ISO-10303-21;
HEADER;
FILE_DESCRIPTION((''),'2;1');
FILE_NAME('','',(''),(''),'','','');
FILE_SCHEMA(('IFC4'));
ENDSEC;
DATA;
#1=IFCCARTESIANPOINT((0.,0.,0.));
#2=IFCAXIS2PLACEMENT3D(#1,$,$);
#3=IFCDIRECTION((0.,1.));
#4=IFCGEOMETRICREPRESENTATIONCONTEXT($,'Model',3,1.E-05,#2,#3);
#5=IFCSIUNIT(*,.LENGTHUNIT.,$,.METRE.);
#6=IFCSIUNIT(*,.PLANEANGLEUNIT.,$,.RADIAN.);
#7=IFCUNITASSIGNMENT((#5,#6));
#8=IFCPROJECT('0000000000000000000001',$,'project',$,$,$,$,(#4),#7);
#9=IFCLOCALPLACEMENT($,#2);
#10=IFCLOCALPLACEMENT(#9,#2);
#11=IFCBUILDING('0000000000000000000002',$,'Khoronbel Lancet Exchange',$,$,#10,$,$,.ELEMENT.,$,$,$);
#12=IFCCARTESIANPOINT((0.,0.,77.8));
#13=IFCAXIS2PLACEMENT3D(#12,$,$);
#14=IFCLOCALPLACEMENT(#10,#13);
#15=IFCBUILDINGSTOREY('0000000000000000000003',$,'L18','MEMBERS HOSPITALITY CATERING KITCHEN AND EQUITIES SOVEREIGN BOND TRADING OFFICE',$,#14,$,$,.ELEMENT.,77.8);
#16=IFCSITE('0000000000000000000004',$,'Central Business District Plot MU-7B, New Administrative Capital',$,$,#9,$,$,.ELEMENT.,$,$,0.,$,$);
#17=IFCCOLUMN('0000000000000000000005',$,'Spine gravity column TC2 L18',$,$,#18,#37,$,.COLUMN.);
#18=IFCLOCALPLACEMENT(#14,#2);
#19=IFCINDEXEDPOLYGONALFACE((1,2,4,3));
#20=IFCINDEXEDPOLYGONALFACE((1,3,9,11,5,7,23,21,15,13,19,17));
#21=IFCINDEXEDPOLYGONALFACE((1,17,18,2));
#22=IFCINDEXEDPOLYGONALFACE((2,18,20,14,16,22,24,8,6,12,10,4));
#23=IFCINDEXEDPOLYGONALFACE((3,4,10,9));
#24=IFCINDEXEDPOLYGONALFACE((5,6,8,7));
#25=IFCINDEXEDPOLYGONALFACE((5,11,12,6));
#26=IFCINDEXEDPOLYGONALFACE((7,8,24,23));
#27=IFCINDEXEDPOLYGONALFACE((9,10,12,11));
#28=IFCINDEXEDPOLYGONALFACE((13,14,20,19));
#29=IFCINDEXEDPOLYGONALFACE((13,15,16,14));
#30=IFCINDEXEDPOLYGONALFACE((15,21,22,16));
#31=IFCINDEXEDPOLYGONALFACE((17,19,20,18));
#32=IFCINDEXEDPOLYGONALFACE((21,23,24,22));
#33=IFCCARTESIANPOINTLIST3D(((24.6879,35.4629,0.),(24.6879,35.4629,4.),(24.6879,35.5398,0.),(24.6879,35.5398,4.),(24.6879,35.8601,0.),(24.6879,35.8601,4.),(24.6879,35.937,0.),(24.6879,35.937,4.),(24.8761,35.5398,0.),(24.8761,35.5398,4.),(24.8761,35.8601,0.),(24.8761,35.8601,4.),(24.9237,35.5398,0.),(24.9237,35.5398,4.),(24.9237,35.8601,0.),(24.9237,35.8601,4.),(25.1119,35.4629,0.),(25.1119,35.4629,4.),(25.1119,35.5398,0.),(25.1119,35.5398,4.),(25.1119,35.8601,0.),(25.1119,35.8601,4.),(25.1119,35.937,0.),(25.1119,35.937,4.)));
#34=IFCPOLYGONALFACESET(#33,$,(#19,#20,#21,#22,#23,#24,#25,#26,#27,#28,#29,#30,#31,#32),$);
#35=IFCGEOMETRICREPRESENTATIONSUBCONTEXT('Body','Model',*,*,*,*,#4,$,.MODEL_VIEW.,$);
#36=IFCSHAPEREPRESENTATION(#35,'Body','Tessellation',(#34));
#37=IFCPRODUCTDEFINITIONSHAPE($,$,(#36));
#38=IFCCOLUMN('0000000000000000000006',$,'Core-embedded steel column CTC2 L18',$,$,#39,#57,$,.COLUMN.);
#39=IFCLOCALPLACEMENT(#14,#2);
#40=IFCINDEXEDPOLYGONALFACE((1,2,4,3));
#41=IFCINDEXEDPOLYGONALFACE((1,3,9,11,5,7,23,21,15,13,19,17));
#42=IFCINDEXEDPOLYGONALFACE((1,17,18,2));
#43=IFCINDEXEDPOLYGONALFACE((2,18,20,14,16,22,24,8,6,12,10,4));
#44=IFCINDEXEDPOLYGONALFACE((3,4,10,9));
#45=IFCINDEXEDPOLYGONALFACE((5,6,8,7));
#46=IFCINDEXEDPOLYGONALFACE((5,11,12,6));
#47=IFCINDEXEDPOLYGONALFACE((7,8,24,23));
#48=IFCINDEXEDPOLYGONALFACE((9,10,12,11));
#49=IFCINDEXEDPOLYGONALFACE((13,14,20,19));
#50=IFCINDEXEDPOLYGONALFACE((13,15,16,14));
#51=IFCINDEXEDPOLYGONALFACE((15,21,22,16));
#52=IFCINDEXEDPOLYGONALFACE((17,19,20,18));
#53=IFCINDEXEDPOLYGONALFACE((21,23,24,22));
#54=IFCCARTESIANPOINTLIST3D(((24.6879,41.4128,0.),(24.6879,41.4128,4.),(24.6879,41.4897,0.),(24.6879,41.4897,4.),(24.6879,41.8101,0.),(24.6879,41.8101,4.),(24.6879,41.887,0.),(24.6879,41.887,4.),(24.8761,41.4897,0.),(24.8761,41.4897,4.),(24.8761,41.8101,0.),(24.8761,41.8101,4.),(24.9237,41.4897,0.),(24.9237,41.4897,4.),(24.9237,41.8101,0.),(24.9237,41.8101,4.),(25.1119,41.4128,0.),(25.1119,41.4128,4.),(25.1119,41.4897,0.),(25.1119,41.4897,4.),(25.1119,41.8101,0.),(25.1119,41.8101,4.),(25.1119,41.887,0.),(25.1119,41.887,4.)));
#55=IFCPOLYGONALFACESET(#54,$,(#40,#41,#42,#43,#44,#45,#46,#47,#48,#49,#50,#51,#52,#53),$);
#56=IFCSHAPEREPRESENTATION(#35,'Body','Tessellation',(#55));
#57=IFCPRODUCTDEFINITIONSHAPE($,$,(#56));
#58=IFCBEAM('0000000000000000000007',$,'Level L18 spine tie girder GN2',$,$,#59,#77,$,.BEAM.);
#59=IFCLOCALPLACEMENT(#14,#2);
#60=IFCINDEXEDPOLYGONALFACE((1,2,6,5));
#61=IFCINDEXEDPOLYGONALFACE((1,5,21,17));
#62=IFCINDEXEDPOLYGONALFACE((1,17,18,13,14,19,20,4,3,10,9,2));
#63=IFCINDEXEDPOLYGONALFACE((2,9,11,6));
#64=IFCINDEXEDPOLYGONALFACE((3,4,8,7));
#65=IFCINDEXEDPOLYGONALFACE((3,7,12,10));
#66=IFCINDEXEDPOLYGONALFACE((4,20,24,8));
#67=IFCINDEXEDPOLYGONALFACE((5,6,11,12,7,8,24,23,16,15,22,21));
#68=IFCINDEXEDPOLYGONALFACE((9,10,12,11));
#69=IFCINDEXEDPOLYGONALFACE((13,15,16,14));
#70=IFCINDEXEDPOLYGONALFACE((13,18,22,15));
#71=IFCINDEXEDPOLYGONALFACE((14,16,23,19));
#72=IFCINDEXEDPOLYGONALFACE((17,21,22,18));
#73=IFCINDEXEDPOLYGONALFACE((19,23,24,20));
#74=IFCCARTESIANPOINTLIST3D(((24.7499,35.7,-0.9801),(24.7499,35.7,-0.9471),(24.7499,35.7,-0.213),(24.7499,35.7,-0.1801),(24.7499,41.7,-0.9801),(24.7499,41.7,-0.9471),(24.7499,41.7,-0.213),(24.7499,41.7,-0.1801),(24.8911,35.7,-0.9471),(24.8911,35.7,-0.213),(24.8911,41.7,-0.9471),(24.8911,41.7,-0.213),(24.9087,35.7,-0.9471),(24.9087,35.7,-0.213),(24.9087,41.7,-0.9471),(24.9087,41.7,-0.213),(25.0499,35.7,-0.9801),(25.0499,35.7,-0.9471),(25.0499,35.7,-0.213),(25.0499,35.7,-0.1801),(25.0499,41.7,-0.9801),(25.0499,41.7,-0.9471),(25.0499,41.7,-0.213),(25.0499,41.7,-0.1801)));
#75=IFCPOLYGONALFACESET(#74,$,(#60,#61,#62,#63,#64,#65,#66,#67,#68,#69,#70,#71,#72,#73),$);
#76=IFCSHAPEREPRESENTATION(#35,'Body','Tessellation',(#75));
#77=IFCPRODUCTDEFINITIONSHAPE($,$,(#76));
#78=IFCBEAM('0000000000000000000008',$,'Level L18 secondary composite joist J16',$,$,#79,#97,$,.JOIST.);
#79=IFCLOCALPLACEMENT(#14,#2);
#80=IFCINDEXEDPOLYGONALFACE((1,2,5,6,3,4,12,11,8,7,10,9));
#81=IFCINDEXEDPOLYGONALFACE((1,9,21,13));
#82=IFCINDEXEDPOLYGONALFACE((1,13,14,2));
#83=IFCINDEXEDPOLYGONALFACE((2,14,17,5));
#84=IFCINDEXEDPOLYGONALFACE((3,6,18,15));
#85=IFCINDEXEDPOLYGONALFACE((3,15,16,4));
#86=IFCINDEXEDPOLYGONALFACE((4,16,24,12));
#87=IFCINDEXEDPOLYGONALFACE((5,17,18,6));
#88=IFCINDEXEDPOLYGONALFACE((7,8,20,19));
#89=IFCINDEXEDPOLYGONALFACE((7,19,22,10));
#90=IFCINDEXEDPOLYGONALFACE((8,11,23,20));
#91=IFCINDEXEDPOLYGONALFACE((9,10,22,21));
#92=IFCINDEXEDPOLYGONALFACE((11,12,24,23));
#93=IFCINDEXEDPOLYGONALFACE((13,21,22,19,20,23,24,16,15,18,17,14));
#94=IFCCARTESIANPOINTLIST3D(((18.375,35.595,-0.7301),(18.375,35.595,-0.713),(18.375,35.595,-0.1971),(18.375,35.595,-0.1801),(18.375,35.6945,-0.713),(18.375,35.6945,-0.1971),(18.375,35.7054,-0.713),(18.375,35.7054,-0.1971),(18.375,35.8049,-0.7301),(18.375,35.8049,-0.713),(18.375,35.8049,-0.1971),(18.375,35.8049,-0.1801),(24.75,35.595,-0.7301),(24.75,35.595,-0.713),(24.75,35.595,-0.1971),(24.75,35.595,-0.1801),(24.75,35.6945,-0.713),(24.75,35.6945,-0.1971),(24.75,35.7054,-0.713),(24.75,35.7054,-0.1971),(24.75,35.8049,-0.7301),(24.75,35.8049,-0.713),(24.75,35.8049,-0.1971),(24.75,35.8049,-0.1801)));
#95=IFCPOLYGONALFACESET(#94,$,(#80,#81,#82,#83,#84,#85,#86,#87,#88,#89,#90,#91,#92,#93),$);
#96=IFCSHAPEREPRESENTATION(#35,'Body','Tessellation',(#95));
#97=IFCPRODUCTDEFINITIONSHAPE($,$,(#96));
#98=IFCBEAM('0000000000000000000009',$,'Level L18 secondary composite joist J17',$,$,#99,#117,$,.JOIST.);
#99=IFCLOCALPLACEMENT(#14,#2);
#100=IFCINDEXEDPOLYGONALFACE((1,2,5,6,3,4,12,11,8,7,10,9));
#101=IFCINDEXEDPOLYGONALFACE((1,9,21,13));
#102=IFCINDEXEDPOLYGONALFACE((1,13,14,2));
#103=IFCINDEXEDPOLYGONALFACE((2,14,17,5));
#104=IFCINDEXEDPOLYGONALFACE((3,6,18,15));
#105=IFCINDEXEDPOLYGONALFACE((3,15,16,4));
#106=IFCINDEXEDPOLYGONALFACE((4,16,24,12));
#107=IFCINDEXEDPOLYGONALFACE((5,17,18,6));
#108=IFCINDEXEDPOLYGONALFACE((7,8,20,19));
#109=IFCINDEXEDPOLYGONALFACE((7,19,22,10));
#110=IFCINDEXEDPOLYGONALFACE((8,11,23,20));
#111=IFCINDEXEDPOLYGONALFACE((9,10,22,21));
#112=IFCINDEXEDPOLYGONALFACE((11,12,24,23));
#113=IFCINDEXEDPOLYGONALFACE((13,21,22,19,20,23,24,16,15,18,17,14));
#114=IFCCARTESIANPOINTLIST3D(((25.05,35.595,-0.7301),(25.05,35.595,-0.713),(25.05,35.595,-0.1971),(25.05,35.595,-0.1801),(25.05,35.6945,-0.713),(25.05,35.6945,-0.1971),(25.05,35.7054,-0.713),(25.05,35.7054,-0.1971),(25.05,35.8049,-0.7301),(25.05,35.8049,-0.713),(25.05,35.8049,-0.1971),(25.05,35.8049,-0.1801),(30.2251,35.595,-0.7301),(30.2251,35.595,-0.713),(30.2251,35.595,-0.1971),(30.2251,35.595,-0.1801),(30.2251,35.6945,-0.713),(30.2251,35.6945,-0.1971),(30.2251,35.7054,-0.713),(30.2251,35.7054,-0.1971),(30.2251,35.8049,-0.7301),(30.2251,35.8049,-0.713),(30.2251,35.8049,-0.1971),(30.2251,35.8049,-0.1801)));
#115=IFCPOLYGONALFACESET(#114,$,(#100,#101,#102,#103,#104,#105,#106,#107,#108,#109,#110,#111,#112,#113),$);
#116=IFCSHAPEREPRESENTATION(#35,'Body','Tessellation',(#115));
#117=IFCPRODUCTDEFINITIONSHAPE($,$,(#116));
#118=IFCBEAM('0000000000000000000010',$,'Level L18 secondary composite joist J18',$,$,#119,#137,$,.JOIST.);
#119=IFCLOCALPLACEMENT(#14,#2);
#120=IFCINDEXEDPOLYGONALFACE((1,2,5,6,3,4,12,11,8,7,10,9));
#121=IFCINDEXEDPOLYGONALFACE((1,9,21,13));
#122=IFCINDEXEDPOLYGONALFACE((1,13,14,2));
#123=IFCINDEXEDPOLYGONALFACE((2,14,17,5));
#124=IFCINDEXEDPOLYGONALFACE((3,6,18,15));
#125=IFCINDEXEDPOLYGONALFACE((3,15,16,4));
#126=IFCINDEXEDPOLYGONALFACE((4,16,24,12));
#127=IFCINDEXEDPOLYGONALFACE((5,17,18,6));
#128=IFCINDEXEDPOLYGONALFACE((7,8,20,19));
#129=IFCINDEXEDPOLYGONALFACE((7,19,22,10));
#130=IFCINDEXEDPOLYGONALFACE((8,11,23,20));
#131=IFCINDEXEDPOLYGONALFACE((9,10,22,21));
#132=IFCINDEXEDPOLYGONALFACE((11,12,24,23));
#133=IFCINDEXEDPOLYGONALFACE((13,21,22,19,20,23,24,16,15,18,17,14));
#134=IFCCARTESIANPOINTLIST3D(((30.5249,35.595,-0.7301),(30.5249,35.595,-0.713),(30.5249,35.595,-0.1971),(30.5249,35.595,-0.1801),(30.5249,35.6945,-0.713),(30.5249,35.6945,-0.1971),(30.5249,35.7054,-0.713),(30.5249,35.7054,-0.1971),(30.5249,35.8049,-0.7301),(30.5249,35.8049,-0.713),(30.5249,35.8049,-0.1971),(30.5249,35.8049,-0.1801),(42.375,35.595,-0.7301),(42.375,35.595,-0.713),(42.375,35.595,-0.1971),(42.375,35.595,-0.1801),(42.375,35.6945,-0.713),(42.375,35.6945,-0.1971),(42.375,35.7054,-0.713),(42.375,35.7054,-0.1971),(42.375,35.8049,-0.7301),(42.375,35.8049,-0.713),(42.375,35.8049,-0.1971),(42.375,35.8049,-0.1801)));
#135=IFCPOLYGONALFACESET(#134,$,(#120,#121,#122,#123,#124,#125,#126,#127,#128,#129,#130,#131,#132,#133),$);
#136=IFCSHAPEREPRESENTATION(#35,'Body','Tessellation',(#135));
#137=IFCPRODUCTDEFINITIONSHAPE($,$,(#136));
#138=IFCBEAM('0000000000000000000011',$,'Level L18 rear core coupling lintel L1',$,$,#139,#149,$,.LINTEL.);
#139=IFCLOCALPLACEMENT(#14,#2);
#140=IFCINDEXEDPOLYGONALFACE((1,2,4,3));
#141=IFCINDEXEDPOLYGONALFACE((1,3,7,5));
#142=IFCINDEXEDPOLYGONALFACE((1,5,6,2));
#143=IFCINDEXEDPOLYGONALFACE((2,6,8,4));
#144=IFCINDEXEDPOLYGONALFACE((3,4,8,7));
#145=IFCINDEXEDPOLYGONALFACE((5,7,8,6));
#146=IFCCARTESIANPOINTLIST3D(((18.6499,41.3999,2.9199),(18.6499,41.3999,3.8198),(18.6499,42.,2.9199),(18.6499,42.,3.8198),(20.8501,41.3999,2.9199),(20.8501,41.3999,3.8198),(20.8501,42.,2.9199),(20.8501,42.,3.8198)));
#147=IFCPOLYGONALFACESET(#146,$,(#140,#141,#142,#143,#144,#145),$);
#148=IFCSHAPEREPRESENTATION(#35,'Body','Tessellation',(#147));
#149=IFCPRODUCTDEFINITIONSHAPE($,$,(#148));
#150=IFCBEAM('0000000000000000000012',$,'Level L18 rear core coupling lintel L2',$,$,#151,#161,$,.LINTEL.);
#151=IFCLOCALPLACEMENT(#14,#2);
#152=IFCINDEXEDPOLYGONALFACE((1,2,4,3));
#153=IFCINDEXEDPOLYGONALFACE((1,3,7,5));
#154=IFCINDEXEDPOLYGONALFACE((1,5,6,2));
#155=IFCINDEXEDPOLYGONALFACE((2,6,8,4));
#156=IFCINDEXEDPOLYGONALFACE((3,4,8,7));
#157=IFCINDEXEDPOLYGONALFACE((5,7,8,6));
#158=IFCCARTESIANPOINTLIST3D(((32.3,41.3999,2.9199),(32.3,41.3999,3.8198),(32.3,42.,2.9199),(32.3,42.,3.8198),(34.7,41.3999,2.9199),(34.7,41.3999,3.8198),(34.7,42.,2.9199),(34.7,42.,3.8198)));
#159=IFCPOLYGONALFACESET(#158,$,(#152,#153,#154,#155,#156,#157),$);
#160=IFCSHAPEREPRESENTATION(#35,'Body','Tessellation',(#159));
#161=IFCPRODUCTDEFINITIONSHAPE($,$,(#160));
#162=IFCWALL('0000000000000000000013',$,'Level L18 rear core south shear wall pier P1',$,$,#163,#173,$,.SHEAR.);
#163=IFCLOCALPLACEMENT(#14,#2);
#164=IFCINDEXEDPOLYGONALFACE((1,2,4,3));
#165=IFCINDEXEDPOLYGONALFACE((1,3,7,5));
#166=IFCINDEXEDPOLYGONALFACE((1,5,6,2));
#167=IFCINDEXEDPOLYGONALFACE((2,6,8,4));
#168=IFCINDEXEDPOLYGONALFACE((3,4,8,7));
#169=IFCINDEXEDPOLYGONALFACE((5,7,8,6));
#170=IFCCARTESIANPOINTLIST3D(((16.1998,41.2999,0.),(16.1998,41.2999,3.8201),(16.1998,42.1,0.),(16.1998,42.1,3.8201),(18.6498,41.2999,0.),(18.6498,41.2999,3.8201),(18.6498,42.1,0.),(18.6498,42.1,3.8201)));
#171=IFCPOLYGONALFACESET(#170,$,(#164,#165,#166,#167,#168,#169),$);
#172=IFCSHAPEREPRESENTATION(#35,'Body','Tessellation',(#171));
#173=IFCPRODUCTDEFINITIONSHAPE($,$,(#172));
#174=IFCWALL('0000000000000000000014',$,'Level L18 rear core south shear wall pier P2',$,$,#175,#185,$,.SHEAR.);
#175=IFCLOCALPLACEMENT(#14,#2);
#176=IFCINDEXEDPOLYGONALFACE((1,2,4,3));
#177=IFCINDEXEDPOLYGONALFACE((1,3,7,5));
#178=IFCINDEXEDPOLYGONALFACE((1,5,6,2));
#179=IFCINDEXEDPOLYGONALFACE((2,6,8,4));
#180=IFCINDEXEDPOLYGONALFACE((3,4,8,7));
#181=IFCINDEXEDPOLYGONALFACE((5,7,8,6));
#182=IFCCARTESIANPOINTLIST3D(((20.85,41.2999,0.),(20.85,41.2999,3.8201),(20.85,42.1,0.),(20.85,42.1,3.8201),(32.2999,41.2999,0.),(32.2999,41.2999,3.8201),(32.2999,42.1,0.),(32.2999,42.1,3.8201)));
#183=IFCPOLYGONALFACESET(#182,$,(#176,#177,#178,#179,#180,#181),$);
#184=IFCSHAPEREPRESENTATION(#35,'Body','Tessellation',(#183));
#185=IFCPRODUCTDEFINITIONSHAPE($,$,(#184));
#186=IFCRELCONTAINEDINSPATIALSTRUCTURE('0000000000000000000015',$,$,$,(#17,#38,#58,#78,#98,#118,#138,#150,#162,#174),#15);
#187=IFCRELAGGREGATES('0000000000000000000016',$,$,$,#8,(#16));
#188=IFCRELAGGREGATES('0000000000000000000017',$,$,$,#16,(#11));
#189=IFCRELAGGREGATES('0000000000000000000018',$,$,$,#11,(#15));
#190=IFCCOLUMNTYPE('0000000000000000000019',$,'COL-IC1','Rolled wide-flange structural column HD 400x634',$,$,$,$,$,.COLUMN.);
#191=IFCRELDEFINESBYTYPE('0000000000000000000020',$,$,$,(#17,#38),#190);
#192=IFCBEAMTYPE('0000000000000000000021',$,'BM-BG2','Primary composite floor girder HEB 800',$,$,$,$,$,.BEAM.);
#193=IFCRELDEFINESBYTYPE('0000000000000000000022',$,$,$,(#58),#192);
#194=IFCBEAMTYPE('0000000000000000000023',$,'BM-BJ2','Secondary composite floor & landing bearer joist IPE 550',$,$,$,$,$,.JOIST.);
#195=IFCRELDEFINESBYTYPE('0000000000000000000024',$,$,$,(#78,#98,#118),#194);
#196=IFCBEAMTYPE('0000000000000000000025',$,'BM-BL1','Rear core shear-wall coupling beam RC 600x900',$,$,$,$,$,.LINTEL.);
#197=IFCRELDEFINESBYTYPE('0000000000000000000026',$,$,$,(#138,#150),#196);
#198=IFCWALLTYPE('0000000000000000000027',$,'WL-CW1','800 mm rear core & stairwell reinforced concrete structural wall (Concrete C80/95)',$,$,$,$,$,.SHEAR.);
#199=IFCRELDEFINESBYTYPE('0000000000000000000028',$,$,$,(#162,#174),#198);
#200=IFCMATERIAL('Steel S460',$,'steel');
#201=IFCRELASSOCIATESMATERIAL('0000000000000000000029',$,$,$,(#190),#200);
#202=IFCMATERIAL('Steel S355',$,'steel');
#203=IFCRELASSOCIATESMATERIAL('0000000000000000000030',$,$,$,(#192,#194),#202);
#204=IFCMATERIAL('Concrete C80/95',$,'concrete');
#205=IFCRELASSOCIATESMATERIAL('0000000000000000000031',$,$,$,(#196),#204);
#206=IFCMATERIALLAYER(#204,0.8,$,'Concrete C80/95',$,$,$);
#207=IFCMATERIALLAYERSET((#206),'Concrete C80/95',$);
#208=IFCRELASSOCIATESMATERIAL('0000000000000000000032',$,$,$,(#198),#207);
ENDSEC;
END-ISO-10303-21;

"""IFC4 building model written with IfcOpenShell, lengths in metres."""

from ifc_helpers import new_model, si_unit, direction, frame, frame_2d, origin, origin_2d, place, context, subcontext, project, spatial, rectangle, i_section, extrude, material, layer, layer_set, material_profile, profile_set, type_object, element, save


model = new_model("IFC4")

# Units and contexts
model_context = context("Model", 3, precision=1e-05, world=origin(), true_north=direction((0.0, 1.0)))
body_context = subcontext(model_context, "Body", "Model", "MODEL_VIEW")
ifc_project = project(units=[si_unit("LENGTHUNIT", "METRE"), si_unit("PLANEANGLEUNIT", "RADIAN")], contexts=[model_context])

# Site, building, storey
site_placement = place(None, origin())
site = spatial("IfcSite", under=ifc_project, at=site_placement, Name="Central Business District Plot MU-7B, New Administrative Capital", CompositionType="ELEMENT", RefElevation=0.0)
building_placement = place(site_placement, origin())
building = spatial("IfcBuilding", under=site, at=building_placement, Name="Khoronbel Lancet Exchange", CompositionType="ELEMENT")
storey_placement = place(building_placement, frame((0.0, 0.0, 77.8)))
storey = spatial("IfcBuildingStorey", under=building, at=storey_placement, Name="L18", Description="MEMBERS HOSPITALITY CATERING KITCHEN AND EQUITIES SOVEREIGN BOND TRADING OFFICE", CompositionType="ELEMENT", Elevation=77.8)

# Columns
ifc_material_1 = material(Name="Steel S460", Category="steel")
ifc_material_profile_1 = material_profile(ifc_material_1, i_section(OverallWidth=0.4241, OverallDepth=0.4741, WebThickness=0.0476, FlangeThickness=0.0769, at=origin_2d()), Name="HD 400x634")
ifc_profile_set_1 = profile_set([ifc_material_profile_1], Name="Steel S460")
column_type = type_object("IfcColumnType", Name="COL-IC1", Description="Rolled wide-flange structural column HD 400x634", PredefinedType="COLUMN", material=ifc_profile_set_1)
for number, where, z_axis, x_axis, name in (
    (1, (24.8999, 35.7, 0.0), (0.0, 0.0, 1.0), (1.0, 0.0, 0.0), "Spine gravity column TC2 L18"),
    (2, (24.8999, 41.6499, 0.0), (0.0, 0.0, 1.0), (1.0, 0.0, 0.0), "Core-embedded steel column CTC2 L18"),
):
    element("IfcColumn", number, at=place(storey_placement, frame(where, z_axis=z_axis, x_axis=x_axis)), inside=storey, type_object=column_type, Name=name, PredefinedType="COLUMN", context=body_context, shape_type="SweptSolid", body=[
        extrude(i_section(OverallWidth=0.4241, OverallDepth=0.4741, WebThickness=0.0476, FlangeThickness=0.0769, at=origin_2d()), origin(), (0.0, 0.0, 1.0), 4.0),
    ])

# Beams
ifc_material_2 = material(Name="Steel S355", Category="steel")
ifc_material_profile_2 = material_profile(ifc_material_2, i_section(OverallWidth=0.3, OverallDepth=0.8, WebThickness=0.0176, FlangeThickness=0.033, at=origin_2d()), Name="HEB 800")
ifc_profile_set_2 = profile_set([ifc_material_profile_2], Name="Steel S355")
beam_type_1 = type_object("IfcBeamType", Name="BM-BG2", Description="Primary composite floor girder HEB 800", PredefinedType="BEAM", material=ifc_profile_set_2)
beam_1_placement = place(storey_placement, frame((24.8999, 35.7, -0.5801), z_axis=(0.0, 1.0, 0.0), x_axis=(-1.0, 0.0, 0.0)))
element("IfcBeam", 3, at=beam_1_placement, inside=storey, type_object=beam_type_1, Name="Level L18 spine tie girder GN2", PredefinedType="BEAM", context=body_context, shape_type="SweptSolid", body=[
    extrude(i_section(OverallWidth=0.3, OverallDepth=0.8, WebThickness=0.0176, FlangeThickness=0.033, at=origin_2d()), origin(), (0.0, 0.0, 1.0), 6.0),
])
ifc_material_profile_3 = material_profile(ifc_material_2, i_section(OverallWidth=0.21, OverallDepth=0.55, WebThickness=0.011, FlangeThickness=0.0171, at=origin_2d()), Name="IPE 550")
ifc_profile_set_3 = profile_set([ifc_material_profile_3], Name="Steel S355")
beam_type_2 = type_object("IfcBeamType", Name="BM-BJ2", Description="Secondary composite floor & landing bearer joist IPE 550", PredefinedType="JOIST", material=ifc_profile_set_3)
beam_2_placement = place(storey_placement, frame((18.375, 35.7, -0.4551), z_axis=(1.0, 0.0, 0.0), x_axis=(0.0, 1.0, 0.0)))
element("IfcBeam", 4, at=beam_2_placement, inside=storey, type_object=beam_type_2, Name="Level L18 secondary composite joist J16", PredefinedType="JOIST", context=body_context, shape_type="SweptSolid", body=[
    extrude(i_section(OverallWidth=0.21, OverallDepth=0.55, WebThickness=0.011, FlangeThickness=0.0171, at=origin_2d()), origin(), (0.0, 0.0, 1.0), 6.375),
])
beam_3_placement = place(storey_placement, frame((25.05, 35.7, -0.4551), z_axis=(1.0, 0.0, 0.0), x_axis=(0.0, 1.0, 0.0)))
element("IfcBeam", 5, at=beam_3_placement, inside=storey, type_object=beam_type_2, Name="Level L18 secondary composite joist J17", PredefinedType="JOIST", context=body_context, shape_type="SweptSolid", body=[
    extrude(i_section(OverallWidth=0.21, OverallDepth=0.55, WebThickness=0.011, FlangeThickness=0.0171, at=origin_2d()), origin(), (0.0, 0.0, 1.0), 5.175),
])
beam_4_placement = place(storey_placement, frame((30.5249, 35.7, -0.4551), z_axis=(1.0, 0.0, 0.0), x_axis=(0.0, 1.0, 0.0)))
element("IfcBeam", 6, at=beam_4_placement, inside=storey, type_object=beam_type_2, Name="Level L18 secondary composite joist J18", PredefinedType="JOIST", context=body_context, shape_type="SweptSolid", body=[
    extrude(i_section(OverallWidth=0.21, OverallDepth=0.55, WebThickness=0.011, FlangeThickness=0.0171, at=origin_2d()), origin(), (0.0, 0.0, 1.0), 11.8501),
])
ifc_material_3 = material(Name="Concrete C80/95", Category="concrete")
ifc_material_profile_4 = material_profile(ifc_material_3, rectangle(XDim=0.6001, YDim=0.8999, at=origin_2d()), Name="RC 600x900")
ifc_profile_set_4 = profile_set([ifc_material_profile_4], Name="Concrete C80/95")
beam_type_3 = type_object("IfcBeamType", Name="BM-BL1", Description="Rear core shear-wall coupling beam RC 600x900", PredefinedType="LINTEL", material=ifc_profile_set_4)
beam_5_placement = place(storey_placement, frame((18.6499, 41.7, 3.3699), z_axis=(1.0, 0.0, 0.0), x_axis=(0.0, 1.0, 0.0)))
element("IfcBeam", 7, at=beam_5_placement, inside=storey, type_object=beam_type_3, Name="Level L18 rear core coupling lintel L1", PredefinedType="LINTEL", context=body_context, shape_type="SweptSolid", body=[
    extrude(rectangle(XDim=0.6001, YDim=0.8999, at=origin_2d()), origin(), (0.0, 0.0, 1.0), 2.2002),
])
beam_6_placement = place(storey_placement, frame((32.3, 41.7, 3.3699), z_axis=(1.0, 0.0, 0.0), x_axis=(0.0, 1.0, 0.0)))
element("IfcBeam", 8, at=beam_6_placement, inside=storey, type_object=beam_type_3, Name="Level L18 rear core coupling lintel L2", PredefinedType="LINTEL", context=body_context, shape_type="SweptSolid", body=[
    extrude(rectangle(XDim=0.6001, YDim=0.8999, at=origin_2d()), origin(), (0.0, 0.0, 1.0), 2.3999),
])

# Walls
ifc_layer_1 = layer(ifc_material_3, 0.8, Name="Concrete C80/95")
ifc_layer_set_1 = layer_set([ifc_layer_1], Name="Concrete C80/95")
wall_type_1 = type_object("IfcWallType", Name="WL-CW1", Description="800 mm rear core & stairwell reinforced concrete structural wall (Concrete C80/95)", PredefinedType="SHEAR", material=ifc_layer_set_1)
wall_1_placement = place(storey_placement, frame((18.6499, 41.7, 0.0), z_axis=(0.0, 0.0, 1.0), x_axis=(-1.0, 0.0, 0.0)))
element("IfcWall", 9, at=wall_1_placement, inside=storey, type_object=wall_type_1, Name="Level L18 rear core south shear wall pier P1", PredefinedType="SHEAR", context=body_context, shape_type="SweptSolid", body=[
    extrude(rectangle(XDim=2.45, YDim=0.8, at=frame_2d((1.2251, 0.0))), origin(), (0.0, 0.0, 1.0), 3.8201),
])
wall_2_placement = place(storey_placement, frame((32.3, 41.7, 0.0), z_axis=(0.0, 0.0, 1.0), x_axis=(-1.0, 0.0, 0.0)))
element("IfcWall", 10, at=wall_2_placement, inside=storey, type_object=wall_type_1, Name="Level L18 rear core south shear wall pier P2", PredefinedType="SHEAR", context=body_context, shape_type="SweptSolid", body=[
    extrude(rectangle(XDim=11.45, YDim=0.8, at=frame_2d((5.7251, 0.0))), origin(), (0.0, 0.0, 1.0), 3.8201),
])

save(model, "model.ifc")
